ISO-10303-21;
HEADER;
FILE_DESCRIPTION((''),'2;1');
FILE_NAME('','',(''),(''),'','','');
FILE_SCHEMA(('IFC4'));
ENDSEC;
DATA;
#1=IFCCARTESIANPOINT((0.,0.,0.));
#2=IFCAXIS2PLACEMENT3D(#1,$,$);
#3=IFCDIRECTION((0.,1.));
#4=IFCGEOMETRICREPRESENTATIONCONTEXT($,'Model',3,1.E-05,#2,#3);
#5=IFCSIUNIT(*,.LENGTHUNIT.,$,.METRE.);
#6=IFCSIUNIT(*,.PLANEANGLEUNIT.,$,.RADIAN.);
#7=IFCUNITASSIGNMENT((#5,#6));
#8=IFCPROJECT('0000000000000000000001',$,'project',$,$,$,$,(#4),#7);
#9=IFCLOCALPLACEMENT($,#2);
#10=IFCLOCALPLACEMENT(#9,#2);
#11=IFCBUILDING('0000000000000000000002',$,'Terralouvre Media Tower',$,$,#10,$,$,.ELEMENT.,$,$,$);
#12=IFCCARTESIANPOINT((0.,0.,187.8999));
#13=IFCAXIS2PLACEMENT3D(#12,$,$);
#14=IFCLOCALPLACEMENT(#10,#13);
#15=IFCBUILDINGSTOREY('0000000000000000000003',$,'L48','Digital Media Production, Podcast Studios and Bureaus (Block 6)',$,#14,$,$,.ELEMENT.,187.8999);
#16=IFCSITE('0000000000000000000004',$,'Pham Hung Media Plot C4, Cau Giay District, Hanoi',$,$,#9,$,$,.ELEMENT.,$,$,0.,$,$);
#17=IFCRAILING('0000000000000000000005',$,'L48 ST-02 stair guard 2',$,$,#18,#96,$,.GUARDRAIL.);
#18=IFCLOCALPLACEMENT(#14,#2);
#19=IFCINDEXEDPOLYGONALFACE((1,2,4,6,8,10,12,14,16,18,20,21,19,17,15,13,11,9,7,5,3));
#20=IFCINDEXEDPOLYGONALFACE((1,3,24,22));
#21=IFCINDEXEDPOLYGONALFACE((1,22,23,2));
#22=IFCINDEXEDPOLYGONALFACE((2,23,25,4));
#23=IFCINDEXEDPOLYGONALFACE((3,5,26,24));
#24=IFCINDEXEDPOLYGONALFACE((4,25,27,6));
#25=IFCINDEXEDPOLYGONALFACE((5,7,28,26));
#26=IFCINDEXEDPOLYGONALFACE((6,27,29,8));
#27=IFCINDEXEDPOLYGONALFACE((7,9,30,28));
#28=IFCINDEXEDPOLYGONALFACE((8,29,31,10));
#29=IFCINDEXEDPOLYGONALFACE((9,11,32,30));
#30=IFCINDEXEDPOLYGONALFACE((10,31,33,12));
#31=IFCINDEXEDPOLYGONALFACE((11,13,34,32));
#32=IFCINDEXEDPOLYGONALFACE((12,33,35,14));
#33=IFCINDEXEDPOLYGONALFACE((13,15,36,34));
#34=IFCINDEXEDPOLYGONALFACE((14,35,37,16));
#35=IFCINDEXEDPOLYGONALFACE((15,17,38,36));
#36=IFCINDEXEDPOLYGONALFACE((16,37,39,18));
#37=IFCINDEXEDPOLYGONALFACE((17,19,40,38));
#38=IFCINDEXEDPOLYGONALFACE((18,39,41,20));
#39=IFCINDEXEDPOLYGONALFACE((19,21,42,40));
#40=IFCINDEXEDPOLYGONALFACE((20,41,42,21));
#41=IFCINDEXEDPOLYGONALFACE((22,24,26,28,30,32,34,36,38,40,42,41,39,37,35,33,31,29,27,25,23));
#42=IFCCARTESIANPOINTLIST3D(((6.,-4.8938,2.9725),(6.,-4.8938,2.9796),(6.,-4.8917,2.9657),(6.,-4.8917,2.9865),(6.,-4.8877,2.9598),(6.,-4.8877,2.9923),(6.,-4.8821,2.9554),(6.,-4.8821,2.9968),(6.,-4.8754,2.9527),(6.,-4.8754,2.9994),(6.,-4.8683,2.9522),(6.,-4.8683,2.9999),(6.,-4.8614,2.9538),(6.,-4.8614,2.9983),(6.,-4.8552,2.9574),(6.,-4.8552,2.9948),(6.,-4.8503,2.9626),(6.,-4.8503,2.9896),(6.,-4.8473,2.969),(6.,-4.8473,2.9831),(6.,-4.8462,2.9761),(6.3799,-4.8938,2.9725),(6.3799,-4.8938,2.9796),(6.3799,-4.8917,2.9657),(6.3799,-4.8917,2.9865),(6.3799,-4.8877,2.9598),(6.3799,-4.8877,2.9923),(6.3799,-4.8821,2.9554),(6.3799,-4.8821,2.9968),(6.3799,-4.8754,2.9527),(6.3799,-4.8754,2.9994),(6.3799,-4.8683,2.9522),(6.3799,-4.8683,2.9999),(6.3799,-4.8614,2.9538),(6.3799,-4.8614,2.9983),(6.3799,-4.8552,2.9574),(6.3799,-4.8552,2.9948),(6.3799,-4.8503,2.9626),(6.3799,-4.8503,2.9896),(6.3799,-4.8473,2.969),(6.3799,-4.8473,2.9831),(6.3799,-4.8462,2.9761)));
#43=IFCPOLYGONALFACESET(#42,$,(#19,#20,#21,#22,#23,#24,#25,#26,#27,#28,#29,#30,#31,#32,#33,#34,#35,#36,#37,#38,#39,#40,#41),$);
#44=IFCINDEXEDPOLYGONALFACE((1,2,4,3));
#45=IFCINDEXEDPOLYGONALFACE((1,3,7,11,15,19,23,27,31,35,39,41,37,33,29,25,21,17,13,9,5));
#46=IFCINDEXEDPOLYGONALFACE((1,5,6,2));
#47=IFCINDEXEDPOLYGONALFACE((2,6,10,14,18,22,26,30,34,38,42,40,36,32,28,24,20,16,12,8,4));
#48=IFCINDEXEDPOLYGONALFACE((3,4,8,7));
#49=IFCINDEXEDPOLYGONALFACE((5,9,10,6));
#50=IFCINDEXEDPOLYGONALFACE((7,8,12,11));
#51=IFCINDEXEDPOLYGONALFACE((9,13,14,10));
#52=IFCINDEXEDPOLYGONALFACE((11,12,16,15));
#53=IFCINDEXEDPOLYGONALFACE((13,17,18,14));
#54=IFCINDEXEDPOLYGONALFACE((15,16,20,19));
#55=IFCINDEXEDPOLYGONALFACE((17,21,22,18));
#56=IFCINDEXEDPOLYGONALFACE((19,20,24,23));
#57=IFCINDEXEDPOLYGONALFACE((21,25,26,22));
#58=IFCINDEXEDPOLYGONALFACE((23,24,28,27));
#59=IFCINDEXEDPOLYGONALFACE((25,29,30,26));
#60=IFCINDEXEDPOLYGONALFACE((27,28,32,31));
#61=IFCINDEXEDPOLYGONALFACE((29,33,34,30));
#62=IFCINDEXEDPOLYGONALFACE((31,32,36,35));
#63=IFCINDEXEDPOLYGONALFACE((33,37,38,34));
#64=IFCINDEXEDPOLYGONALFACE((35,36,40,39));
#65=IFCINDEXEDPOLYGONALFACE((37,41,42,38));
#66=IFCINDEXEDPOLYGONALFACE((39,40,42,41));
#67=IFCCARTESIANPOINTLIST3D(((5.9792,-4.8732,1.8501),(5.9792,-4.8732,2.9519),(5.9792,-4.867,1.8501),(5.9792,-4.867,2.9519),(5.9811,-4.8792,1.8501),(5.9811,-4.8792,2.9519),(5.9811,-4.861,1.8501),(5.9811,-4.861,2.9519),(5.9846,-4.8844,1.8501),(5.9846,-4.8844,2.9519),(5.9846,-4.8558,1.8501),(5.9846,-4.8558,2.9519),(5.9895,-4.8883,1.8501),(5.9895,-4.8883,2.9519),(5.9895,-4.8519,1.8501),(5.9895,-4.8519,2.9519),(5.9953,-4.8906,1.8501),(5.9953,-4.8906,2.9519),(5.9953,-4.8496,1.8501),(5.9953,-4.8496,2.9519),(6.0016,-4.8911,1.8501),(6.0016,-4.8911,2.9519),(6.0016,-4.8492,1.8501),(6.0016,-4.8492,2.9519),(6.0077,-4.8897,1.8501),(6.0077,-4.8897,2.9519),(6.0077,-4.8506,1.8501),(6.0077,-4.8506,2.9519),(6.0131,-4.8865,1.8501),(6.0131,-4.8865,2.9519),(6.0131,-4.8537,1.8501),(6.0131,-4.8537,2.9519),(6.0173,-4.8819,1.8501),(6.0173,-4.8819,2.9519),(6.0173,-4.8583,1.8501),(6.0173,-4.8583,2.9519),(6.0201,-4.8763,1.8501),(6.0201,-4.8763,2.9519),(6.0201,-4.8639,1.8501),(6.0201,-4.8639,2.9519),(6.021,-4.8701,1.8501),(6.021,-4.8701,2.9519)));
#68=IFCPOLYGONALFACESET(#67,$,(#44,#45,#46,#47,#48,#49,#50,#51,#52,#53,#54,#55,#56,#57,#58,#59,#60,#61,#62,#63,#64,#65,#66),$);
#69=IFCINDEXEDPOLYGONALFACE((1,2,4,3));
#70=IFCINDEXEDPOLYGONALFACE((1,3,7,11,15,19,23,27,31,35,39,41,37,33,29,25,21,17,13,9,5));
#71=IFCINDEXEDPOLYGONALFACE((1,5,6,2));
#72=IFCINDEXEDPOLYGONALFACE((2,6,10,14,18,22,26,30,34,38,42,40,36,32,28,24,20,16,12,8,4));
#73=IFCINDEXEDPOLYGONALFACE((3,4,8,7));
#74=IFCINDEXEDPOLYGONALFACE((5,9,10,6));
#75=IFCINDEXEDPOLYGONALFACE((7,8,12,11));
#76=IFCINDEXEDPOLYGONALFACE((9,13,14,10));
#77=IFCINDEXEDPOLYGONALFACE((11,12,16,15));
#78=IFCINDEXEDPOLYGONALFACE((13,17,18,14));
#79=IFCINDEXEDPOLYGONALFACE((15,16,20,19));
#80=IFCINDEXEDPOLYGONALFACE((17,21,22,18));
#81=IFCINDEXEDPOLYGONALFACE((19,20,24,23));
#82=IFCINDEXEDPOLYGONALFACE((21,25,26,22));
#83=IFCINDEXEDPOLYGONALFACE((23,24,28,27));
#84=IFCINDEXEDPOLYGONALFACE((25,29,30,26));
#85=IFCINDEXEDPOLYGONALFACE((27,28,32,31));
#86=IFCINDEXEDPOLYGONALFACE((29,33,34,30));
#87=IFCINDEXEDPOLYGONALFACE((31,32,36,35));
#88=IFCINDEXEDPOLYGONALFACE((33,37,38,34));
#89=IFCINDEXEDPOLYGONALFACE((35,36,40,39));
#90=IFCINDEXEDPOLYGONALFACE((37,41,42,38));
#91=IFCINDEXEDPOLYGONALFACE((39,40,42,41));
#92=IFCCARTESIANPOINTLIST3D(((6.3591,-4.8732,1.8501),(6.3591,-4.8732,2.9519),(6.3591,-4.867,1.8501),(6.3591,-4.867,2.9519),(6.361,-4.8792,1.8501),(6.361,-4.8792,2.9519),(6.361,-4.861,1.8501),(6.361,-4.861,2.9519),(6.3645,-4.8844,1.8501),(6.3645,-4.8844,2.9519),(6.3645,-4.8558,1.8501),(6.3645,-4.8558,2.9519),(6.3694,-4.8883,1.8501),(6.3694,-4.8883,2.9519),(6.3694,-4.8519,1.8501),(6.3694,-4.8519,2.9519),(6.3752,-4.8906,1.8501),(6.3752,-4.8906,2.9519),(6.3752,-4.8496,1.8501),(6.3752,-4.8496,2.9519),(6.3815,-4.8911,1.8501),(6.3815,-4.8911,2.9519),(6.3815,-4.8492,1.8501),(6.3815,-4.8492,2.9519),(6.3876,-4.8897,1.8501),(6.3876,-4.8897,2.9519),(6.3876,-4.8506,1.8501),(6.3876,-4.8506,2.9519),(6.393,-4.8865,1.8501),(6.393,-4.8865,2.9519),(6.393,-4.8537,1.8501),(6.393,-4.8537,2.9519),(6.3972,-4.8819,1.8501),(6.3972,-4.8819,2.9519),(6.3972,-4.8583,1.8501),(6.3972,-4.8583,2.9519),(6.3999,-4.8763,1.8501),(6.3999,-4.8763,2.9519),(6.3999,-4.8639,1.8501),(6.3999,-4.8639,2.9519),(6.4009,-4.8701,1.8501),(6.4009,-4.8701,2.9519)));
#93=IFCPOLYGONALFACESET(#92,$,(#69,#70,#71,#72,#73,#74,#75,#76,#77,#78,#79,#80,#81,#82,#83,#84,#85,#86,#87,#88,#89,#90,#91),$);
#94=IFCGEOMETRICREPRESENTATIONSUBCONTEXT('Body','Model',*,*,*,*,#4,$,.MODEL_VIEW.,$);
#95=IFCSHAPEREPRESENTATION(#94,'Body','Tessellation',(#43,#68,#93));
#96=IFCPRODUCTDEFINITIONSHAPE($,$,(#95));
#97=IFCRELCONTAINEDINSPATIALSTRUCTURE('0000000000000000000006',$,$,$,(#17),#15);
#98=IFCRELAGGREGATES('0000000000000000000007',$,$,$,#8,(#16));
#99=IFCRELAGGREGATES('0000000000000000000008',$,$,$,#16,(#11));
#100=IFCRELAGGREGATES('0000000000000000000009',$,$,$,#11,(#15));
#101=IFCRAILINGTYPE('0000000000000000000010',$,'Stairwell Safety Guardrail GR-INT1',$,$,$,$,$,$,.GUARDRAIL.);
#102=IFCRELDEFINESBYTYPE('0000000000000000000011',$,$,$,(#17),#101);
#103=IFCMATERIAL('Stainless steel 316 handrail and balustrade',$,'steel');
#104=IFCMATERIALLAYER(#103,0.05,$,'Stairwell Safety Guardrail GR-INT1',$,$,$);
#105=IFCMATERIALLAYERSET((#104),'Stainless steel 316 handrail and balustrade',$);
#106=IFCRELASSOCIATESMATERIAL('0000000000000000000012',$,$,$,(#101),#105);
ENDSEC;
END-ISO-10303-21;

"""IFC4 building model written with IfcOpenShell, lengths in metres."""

from ifc_helpers import new_model, si_unit, direction, frame, origin, origin_2d, place, context, subcontext, project, spatial, circle, extrude, material, layer, layer_set, type_object, element, save


model = new_model("IFC4")

# Units and contexts
model_context = context("Model", 3, precision=1e-05, world=origin(), true_north=direction((0.0, 1.0)))
body_context = subcontext(model_context, "Body", "Model", "MODEL_VIEW")
ifc_project = project(units=[si_unit("LENGTHUNIT", "METRE"), si_unit("PLANEANGLEUNIT", "RADIAN")], contexts=[model_context])

# Site, building, storey
site_placement = place(None, origin())
site = spatial("IfcSite", under=ifc_project, at=site_placement, Name="Pham Hung Media Plot C4, Cau Giay District, Hanoi", CompositionType="ELEMENT", RefElevation=0.0)
building_placement = place(site_placement, origin())
building = spatial("IfcBuilding", under=site, at=building_placement, Name="Terralouvre Media Tower", CompositionType="ELEMENT")
storey_placement = place(building_placement, frame((0.0, 0.0, 187.8999)))
storey = spatial("IfcBuildingStorey", under=building, at=storey_placement, Name="L48", Description="Digital Media Production, Podcast Studios and Bureaus (Block 6)", CompositionType="ELEMENT", Elevation=187.8999)

# Railing
ifc_material_1 = material(Name="Stainless steel 316 handrail and balustrade", Category="steel")
ifc_layer_1 = layer(ifc_material_1, 0.05, Name="Stairwell Safety Guardrail GR-INT1")
ifc_layer_set_1 = layer_set([ifc_layer_1], Name="Stainless steel 316 handrail and balustrade")
railing_type_1 = type_object("IfcRailingType", Name="Stairwell Safety Guardrail GR-INT1", PredefinedType="GUARDRAIL", material=ifc_layer_set_1)
railing_1_placement = place(storey_placement, frame((6.0, -4.8701, 1.8501)))
element("IfcRailing", 1, at=railing_1_placement, inside=storey, type_object=railing_type_1, Name="L48 ST-02 stair guard 2", PredefinedType="GUARDRAIL", context=body_context, shape_type="SweptSolid", body=[
    extrude(circle(Radius=0.0239, at=origin_2d()), frame((0.0, 0.0, 1.126), z_axis=(1.0, 0.0, 0.0), x_axis=(0.0, 1.0, 0.0)), (0.0, 0.0, 1.0), 0.3799),
    extrude(circle(Radius=0.021, at=origin_2d()), origin(), (0.0, 0.0, 1.0), 1.1018),
    extrude(circle(Radius=0.021, at=origin_2d()), frame((0.3799, 0.0, 0.0)), (0.0, 0.0, 1.0), 1.1018),
])

save(model, "model.ifc")
